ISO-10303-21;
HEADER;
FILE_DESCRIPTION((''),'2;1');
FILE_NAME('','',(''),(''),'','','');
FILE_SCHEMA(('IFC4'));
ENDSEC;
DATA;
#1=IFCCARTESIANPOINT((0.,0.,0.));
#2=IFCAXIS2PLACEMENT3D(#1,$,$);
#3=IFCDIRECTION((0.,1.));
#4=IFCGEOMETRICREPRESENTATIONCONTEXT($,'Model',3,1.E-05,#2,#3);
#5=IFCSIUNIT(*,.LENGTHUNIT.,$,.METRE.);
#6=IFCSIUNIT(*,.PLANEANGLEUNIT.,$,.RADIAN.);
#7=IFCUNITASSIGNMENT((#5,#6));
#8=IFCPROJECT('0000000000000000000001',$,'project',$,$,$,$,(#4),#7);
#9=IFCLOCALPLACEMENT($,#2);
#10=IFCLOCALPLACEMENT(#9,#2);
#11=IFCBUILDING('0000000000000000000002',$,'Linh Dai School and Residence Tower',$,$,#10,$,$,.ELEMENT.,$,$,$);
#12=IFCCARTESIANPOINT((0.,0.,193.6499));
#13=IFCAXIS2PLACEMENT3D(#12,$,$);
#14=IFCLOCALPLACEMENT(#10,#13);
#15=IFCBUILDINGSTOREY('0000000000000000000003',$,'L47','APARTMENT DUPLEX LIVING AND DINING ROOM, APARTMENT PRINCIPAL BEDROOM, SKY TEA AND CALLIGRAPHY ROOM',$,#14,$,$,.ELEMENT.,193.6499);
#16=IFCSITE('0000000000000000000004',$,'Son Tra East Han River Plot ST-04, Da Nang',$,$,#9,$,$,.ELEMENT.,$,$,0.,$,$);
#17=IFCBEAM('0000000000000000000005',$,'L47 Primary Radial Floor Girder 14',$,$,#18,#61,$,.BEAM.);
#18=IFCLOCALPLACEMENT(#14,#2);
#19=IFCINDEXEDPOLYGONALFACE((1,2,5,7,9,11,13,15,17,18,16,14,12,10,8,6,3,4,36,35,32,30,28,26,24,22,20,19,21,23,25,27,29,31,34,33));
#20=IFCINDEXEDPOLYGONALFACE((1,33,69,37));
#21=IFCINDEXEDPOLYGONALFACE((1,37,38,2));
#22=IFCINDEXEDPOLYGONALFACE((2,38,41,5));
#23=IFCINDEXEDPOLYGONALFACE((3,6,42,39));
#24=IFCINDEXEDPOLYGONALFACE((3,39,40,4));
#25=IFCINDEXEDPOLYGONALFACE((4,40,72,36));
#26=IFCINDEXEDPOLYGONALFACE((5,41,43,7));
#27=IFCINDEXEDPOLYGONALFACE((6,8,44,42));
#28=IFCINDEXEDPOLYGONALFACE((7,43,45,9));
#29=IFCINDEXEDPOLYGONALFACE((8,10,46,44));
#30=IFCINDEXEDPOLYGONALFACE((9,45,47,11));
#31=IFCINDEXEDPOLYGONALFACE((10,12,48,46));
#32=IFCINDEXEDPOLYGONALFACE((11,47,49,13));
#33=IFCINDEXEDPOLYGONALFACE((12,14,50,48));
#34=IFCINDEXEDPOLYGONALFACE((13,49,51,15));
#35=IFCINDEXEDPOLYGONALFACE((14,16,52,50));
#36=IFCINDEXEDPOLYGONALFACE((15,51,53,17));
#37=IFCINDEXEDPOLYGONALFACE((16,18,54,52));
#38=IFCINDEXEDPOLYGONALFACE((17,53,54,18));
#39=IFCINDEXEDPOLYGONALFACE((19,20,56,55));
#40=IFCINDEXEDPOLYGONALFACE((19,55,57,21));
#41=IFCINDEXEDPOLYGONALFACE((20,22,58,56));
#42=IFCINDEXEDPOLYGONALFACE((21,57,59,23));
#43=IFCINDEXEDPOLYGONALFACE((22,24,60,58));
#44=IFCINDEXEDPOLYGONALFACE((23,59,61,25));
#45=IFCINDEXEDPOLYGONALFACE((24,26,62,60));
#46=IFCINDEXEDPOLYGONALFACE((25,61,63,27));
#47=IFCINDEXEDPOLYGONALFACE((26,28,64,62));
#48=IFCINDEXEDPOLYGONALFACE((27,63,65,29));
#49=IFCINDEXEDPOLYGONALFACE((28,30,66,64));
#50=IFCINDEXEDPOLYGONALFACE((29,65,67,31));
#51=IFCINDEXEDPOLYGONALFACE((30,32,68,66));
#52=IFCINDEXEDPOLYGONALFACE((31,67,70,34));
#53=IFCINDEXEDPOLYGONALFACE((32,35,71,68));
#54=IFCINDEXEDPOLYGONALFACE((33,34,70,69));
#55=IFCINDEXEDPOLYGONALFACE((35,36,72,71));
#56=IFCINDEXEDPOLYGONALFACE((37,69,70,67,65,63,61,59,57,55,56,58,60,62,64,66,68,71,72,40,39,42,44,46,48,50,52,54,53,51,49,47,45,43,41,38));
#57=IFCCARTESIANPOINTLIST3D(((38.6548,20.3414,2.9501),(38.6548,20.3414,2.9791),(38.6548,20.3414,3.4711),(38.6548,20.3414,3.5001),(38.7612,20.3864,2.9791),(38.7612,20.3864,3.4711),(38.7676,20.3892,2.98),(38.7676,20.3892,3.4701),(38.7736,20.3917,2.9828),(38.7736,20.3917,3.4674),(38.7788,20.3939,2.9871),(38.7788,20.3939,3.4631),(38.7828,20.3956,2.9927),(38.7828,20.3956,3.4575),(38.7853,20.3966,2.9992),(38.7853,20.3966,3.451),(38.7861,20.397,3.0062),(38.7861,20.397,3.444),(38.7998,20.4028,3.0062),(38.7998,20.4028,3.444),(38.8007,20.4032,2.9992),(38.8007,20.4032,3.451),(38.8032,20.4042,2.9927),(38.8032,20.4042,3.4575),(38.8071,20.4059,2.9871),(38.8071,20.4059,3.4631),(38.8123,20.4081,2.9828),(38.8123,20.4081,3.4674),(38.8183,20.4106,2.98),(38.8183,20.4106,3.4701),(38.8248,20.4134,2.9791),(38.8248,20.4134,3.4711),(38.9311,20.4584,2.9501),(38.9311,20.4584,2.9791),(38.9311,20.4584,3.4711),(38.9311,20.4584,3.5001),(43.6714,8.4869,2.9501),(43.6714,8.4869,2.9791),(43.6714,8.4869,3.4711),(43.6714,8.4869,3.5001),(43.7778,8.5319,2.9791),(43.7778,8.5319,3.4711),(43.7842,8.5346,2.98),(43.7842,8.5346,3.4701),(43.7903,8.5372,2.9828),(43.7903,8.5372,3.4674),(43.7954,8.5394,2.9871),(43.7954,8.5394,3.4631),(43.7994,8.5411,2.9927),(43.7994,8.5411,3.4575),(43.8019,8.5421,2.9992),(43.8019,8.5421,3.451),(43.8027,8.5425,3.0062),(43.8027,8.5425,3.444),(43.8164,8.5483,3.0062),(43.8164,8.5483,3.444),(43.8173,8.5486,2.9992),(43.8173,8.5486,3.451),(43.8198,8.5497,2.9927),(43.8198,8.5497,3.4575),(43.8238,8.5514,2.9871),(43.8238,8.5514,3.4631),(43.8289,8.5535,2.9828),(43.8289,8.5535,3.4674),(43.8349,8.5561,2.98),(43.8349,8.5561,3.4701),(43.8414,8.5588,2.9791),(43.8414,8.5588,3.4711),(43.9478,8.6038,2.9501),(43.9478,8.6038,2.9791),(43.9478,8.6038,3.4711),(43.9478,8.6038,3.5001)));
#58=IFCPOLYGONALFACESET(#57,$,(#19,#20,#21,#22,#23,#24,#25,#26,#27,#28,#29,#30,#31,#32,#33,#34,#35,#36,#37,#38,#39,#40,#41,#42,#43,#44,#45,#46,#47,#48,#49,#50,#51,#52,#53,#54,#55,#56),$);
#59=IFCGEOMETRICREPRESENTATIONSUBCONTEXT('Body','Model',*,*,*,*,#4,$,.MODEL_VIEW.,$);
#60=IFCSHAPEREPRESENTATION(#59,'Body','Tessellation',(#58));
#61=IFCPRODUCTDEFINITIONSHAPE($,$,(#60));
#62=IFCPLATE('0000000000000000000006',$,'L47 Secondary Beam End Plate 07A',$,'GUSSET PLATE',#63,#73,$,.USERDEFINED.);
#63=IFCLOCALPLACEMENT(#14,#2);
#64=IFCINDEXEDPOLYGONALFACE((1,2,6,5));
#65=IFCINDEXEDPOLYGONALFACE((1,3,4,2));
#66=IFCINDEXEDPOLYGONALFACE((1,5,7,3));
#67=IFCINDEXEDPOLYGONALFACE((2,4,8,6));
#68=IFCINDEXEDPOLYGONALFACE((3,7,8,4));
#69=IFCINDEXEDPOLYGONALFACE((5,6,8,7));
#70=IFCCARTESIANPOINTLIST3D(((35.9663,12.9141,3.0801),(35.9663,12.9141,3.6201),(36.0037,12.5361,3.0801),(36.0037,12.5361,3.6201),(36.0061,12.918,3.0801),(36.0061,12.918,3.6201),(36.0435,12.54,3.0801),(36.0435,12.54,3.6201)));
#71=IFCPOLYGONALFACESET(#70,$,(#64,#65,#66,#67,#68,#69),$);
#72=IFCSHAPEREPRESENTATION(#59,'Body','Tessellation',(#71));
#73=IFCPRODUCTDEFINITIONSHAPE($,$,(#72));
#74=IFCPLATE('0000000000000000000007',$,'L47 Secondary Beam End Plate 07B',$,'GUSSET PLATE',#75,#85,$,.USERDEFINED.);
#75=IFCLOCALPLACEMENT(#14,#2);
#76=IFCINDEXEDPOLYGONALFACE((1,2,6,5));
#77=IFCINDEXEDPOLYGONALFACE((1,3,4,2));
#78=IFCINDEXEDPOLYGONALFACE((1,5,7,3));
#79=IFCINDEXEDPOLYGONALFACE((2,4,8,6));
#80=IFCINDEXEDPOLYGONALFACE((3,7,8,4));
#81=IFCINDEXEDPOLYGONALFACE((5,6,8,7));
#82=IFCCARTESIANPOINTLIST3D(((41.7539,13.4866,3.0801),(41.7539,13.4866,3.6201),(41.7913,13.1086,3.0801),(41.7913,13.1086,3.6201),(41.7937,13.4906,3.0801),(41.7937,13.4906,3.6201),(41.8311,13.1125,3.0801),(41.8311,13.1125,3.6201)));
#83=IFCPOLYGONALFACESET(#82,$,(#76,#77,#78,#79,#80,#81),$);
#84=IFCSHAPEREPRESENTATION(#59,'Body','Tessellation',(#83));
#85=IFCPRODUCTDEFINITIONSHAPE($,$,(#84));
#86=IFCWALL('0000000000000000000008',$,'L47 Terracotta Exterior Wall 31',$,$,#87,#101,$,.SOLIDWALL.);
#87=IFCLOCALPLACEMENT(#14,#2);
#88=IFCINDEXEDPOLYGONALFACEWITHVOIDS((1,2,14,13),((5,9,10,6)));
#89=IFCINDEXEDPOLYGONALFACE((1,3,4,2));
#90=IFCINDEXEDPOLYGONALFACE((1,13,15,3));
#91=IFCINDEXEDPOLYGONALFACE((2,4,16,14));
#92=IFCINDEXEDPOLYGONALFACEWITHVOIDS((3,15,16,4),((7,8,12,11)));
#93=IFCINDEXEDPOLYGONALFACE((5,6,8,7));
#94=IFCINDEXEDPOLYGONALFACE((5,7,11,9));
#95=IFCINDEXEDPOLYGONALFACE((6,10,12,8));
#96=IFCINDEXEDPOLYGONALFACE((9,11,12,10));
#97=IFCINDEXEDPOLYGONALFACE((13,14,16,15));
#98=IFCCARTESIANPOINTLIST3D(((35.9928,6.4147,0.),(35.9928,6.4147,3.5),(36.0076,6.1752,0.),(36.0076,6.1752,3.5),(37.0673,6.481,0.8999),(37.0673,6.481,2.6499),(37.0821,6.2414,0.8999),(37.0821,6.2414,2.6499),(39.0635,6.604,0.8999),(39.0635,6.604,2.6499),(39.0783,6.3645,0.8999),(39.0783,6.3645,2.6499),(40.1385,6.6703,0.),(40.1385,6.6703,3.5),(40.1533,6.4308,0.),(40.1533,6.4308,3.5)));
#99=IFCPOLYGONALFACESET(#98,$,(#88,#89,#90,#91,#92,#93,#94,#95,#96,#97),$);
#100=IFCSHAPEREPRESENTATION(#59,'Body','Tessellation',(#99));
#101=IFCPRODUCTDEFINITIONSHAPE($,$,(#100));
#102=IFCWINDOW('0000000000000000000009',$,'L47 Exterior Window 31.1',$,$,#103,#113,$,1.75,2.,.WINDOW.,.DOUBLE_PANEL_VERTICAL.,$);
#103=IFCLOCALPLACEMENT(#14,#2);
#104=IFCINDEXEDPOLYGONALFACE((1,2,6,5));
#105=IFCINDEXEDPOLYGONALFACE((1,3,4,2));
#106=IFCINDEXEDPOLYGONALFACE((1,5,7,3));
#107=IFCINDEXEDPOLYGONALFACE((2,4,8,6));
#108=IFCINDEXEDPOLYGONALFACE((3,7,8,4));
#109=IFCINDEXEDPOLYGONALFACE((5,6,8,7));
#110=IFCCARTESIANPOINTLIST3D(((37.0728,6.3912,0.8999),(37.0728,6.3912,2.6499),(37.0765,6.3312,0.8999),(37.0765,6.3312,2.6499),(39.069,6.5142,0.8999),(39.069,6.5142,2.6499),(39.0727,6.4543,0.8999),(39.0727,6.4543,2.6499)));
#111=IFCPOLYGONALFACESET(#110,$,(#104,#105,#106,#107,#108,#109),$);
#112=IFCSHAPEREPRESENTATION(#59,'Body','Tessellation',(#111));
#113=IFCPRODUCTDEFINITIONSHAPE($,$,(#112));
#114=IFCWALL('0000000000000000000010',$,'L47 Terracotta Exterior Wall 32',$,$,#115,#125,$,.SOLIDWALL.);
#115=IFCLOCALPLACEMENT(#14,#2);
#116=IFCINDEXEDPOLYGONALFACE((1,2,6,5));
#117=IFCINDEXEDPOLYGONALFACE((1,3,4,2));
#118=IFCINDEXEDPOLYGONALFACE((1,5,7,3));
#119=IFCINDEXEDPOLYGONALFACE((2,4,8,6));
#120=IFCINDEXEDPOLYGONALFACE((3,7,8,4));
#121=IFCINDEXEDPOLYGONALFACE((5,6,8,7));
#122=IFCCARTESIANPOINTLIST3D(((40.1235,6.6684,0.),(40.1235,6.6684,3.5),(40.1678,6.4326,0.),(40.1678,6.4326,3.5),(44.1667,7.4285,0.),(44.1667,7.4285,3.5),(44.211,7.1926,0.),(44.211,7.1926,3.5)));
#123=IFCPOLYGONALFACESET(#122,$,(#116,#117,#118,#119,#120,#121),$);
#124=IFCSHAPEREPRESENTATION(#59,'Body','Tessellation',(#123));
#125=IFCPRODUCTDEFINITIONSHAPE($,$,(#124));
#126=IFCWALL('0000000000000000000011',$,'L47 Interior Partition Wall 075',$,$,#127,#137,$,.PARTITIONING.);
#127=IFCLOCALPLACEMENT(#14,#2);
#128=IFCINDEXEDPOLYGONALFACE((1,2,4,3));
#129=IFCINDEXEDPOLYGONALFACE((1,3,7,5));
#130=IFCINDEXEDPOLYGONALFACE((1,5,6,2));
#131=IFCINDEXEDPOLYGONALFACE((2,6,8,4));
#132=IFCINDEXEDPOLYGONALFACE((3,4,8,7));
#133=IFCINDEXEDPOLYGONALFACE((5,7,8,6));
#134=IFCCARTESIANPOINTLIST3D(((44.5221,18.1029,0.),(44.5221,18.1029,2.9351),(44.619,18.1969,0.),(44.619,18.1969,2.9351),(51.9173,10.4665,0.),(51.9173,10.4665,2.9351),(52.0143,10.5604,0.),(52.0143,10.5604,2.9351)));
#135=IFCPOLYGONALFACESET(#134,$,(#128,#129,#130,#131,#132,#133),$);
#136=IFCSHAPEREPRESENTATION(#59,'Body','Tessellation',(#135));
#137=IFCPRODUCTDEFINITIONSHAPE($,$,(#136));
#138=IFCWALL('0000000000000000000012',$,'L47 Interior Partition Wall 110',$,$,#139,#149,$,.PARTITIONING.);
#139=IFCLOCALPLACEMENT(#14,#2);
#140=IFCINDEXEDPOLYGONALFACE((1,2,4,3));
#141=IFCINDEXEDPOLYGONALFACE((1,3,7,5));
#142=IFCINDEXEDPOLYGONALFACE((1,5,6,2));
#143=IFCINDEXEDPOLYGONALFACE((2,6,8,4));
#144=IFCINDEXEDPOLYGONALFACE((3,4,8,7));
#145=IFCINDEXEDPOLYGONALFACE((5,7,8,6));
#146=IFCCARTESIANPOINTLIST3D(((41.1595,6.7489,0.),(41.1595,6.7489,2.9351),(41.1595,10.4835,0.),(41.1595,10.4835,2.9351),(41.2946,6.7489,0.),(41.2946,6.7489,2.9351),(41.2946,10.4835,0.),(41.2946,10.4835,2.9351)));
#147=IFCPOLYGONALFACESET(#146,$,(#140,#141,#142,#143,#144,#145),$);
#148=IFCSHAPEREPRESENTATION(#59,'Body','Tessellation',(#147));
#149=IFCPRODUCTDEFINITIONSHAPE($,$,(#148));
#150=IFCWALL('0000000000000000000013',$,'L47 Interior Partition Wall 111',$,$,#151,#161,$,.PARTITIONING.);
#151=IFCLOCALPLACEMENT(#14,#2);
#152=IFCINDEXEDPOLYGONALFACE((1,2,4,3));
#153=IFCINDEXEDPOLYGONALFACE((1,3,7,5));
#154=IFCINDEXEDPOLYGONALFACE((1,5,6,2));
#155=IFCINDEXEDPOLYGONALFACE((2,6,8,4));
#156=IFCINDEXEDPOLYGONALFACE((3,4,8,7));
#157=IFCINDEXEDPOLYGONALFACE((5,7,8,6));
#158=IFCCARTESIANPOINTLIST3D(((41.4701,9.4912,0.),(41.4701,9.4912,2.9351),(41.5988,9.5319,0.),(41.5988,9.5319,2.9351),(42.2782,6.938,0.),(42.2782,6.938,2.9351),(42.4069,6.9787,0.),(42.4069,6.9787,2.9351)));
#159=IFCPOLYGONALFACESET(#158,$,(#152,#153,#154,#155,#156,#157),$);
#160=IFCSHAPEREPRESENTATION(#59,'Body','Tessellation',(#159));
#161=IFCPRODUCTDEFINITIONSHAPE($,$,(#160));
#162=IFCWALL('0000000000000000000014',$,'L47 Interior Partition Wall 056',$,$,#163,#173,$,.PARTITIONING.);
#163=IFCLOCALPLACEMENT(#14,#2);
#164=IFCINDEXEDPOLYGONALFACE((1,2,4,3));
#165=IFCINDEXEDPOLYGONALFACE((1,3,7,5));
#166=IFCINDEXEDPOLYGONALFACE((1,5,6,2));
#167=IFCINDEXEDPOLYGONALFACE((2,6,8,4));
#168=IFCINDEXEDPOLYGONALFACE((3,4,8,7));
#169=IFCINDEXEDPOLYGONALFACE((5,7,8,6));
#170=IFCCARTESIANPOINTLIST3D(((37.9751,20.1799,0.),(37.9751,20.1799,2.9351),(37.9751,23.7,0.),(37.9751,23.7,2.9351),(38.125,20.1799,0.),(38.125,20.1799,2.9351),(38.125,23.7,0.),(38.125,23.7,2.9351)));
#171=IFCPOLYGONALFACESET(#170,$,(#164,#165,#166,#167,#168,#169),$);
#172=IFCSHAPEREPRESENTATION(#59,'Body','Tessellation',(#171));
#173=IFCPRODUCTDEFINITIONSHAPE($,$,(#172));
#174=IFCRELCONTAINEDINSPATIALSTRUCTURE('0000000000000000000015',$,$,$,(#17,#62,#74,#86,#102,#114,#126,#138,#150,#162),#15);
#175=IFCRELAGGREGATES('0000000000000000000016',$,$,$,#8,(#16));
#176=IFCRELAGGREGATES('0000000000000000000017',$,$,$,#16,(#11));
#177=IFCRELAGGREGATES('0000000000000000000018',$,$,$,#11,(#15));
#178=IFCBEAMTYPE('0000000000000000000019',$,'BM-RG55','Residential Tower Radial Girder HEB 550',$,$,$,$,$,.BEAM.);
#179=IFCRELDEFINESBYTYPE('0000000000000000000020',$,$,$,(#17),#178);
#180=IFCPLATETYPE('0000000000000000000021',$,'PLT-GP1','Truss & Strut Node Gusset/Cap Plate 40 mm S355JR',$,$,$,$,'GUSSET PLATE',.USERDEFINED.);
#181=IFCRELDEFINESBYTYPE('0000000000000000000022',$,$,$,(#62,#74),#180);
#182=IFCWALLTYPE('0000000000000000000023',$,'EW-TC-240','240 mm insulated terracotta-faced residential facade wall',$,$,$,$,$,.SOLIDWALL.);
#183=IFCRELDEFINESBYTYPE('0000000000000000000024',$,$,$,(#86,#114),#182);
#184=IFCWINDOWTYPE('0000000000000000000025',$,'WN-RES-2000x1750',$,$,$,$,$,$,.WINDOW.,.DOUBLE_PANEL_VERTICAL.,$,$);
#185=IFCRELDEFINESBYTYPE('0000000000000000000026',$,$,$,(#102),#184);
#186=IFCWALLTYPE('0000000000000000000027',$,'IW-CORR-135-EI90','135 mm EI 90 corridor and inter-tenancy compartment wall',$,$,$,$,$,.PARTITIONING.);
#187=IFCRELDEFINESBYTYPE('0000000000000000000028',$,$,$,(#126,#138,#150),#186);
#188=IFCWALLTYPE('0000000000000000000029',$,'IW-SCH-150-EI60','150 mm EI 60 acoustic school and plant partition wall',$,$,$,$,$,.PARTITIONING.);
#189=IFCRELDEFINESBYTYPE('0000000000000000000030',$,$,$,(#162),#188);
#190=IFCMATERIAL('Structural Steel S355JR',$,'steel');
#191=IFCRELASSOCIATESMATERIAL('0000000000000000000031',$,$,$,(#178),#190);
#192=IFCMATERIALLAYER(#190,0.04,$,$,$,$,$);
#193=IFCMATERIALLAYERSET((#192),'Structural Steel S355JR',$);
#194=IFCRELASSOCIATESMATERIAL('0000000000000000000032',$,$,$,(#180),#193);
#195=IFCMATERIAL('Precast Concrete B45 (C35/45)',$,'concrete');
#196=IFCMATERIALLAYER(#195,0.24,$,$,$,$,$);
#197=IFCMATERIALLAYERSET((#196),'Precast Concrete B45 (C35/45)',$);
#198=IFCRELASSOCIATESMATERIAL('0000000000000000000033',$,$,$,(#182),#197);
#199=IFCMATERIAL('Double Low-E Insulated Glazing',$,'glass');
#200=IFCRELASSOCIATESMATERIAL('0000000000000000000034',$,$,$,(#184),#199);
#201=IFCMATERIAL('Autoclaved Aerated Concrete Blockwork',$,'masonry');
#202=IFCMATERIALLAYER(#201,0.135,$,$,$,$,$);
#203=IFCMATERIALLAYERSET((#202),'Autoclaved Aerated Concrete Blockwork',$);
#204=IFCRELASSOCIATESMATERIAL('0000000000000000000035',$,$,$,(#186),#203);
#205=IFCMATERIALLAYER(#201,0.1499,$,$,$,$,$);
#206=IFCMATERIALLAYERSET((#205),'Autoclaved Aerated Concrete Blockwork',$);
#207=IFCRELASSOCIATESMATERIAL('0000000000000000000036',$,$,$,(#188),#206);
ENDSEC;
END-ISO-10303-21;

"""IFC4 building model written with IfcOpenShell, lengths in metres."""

from ifc_helpers import new_model, si_unit, direction, frame, frame_2d, origin, origin_2d, place, context, subcontext, project, spatial, rectangle, i_section, extrude, source, transform, mapped, material, layer, layer_set, material_profile, profile_set, type_object, element, fill, save


model = new_model("IFC4")

# Units and contexts
model_context = context("Model", 3, precision=1e-05, world=origin(), true_north=direction((0.0, 1.0)))
body_context = subcontext(model_context, "Body", "Model", "MODEL_VIEW")
ifc_project = project(units=[si_unit("LENGTHUNIT", "METRE"), si_unit("PLANEANGLEUNIT", "RADIAN")], contexts=[model_context])

# Site, building, storey
site_placement = place(None, origin())
site = spatial("IfcSite", under=ifc_project, at=site_placement, Name="Son Tra East Han River Plot ST-04, Da Nang", CompositionType="ELEMENT", RefElevation=0.0)
building_placement = place(site_placement, origin())
building = spatial("IfcBuilding", under=site, at=building_placement, Name="Linh Dai School and Residence Tower", CompositionType="ELEMENT")
storey_placement = place(building_placement, frame((0.0, 0.0, 193.6499)))
storey = spatial("IfcBuildingStorey", under=building, at=storey_placement, Name="L47", Description="APARTMENT DUPLEX LIVING AND DINING ROOM, APARTMENT PRINCIPAL BEDROOM, SKY TEA AND CALLIGRAPHY ROOM", CompositionType="ELEMENT", Elevation=193.6499)

# Shared definitions
ifc_material_1 = material(Name="Structural Steel S355JR", Category="steel")

# Beam
ifc_material_profile_1 = material_profile(ifc_material_1, i_section(OverallWidth=0.3, OverallDepth=0.55, WebThickness=0.0149, FlangeThickness=0.0291, FilletRadius=0.0271, at=origin_2d()), Name="HEB 550")
ifc_profile_set_1 = profile_set([ifc_material_profile_1], Name="Structural Steel S355JR")
beam_type_1 = type_object("IfcBeamType", Name="BM-RG55", Description="Residential Tower Radial Girder HEB 550", PredefinedType="BEAM", material=ifc_profile_set_1)
beam_1_placement = place(storey_placement, frame((38.793, 20.3999, 3.2251), z_axis=(0.389722, -0.920933, 0.0), x_axis=(0.920933, 0.389722, 0.0)))
element("IfcBeam", 1, at=beam_1_placement, inside=storey, type_object=beam_type_1, Name="L47 Primary Radial Floor Girder 14", PredefinedType="BEAM", context=body_context, shape_type="SweptSolid", body=[
    extrude(i_section(OverallWidth=0.3, OverallDepth=0.55, WebThickness=0.0149, FlangeThickness=0.0291, FilletRadius=0.0271, at=origin_2d()), origin(), (0.0, 0.0, 1.0), 12.8723),
])

# Plates
ifc_layer_1 = layer(ifc_material_1, 0.04)
ifc_layer_set_1 = layer_set([ifc_layer_1], Name="Structural Steel S355JR")
plate_type = type_object("IfcPlateType", Name="PLT-GP1", Description="Truss & Strut Node Gusset/Cap Plate 40 mm S355JR", ElementType="GUSSET PLATE", PredefinedType="USERDEFINED", material=ifc_layer_set_1)
shared_shape_1 = source(origin(), body_context, "Body", "SweptSolid", [
    extrude(rectangle(XDim=0.04, YDim=0.3799, at=origin_2d()), origin(), (0.0, 0.0, 1.0), 0.54),
])
for number, where, z_axis, x_axis, name in (
    (2, (36.0049, 12.7271, 3.0801), (0.0, 0.0, 1.0), (0.995145, 0.098423, 0.0), "L47 Secondary Beam End Plate 07A"),
    (3, (41.7925, 13.2996, 3.0801), (0.0, 0.0, 1.0), (0.995145, 0.098423, 0.0), "L47 Secondary Beam End Plate 07B"),
):
    element("IfcPlate", number, at=place(storey_placement, frame(where, z_axis=z_axis, x_axis=x_axis)), inside=storey, type_object=plate_type, Name=name, ObjectType="GUSSET PLATE", PredefinedType="USERDEFINED", context=body_context, shape_type="MappedRepresentation", body=[
        mapped(shared_shape_1, transform((0.0, 0.0, 0.0), x_axis=(1.0, 0.0, 0.0), y_axis=(0.0, 1.0, 0.0), z_axis=(0.0, 0.0, 1.0), scale=1.0)),
    ])

# Shared definitions
ifc_material_2 = material(Name="Precast Concrete B45 (C35/45)", Category="concrete")
ifc_layer_2 = layer(ifc_material_2, 0.24)
ifc_layer_set_2 = layer_set([ifc_layer_2], Name="Precast Concrete B45 (C35/45)")
wall_type_1 = type_object("IfcWallType", Name="EW-TC-240", Description="240 mm insulated terracotta-faced residential facade wall", PredefinedType="SOLIDWALL", material=ifc_layer_set_2)

# Wall, opening, window
wall_1_placement = place(storey_placement, frame((40.1458, 6.5505, 0.0), z_axis=(0.0, 0.0, 1.0), x_axis=(-0.998105, -0.06154, 0.0)))
wall_1 = element("IfcWall", 4, at=wall_1_placement, inside=storey, type_object=wall_type_1, Name="L47 Terracotta Exterior Wall 31", PredefinedType="SOLIDWALL", context=body_context, shape_type="SweptSolid", body=[
    extrude(rectangle(XDim=4.1536, YDim=0.24, at=frame_2d((2.0767, 0.0))), origin(), (0.0, 0.0, 1.0), 3.5),
])
opening_1_placement = place(wall_1_placement, frame((1.0769, 0.0, 0.8999)))
opening_1 = element("IfcOpeningElement", 5, at=opening_1_placement, cuts=wall_1, PredefinedType="OPENING", context=body_context, shape_type="SweptSolid", body=[
    extrude(rectangle(XDim=2.0, YDim=1.75, at=origin_2d()), frame((1.0, 0.1299, 0.875), z_axis=(0.0, -1.0, 0.0), x_axis=(1.0, 0.0, 0.0)), (0.0, 0.0, 1.0), 0.26),
])
ifc_material_3 = material(Name="Double Low-E Insulated Glazing", Category="glass")
window_type = type_object("IfcWindowType", Name="WN-RES-2000x1750", PartitioningType="DOUBLE_PANEL_VERTICAL", PredefinedType="WINDOW", material=ifc_material_3)
shared_shape_2 = source(origin(), body_context, "Body", "SweptSolid", [
    extrude(rectangle(XDim=2.0, YDim=1.75, at=origin_2d()), frame((1.0, 0.03, 0.875), z_axis=(0.0, -1.0, 0.0), x_axis=(1.0, 0.0, 0.0)), (0.0, 0.0, 1.0), 0.0601),
])
window_placement = place(opening_1_placement, origin())
window = element("IfcWindow", 6, at=window_placement, inside=storey, type_object=window_type, Name="L47 Exterior Window 31.1", OverallHeight=1.75, OverallWidth=2.0, PartitioningType="DOUBLE_PANEL_VERTICAL", PredefinedType="WINDOW", context=body_context, shape_type="MappedRepresentation", body=[
    mapped(shared_shape_2, transform((0.0, 0.0, 0.0), x_axis=(1.0, 0.0, 0.0), y_axis=(0.0, 1.0, 0.0), z_axis=(0.0, 0.0, 1.0), scale=1.0)),
])
fill(opening_1, window)

# Walls
wall_2_placement = place(storey_placement, frame((44.189, 7.3105, 0.0), z_axis=(0.0, 0.0, 1.0), x_axis=(-0.982788, -0.184736, 0.0)))
element("IfcWall", 7, at=wall_2_placement, inside=storey, type_object=wall_type_1, Name="L47 Terracotta Exterior Wall 32", PredefinedType="SOLIDWALL", context=body_context, shape_type="SweptSolid", body=[
    extrude(rectangle(XDim=4.114, YDim=0.24, at=frame_2d((2.0571, 0.0))), origin(), (0.0, 0.0, 1.0), 3.5),
])
ifc_material_4 = material(Name="Autoclaved Aerated Concrete Blockwork", Category="masonry")
ifc_layer_3 = layer(ifc_material_4, 0.135)
ifc_layer_set_3 = layer_set([ifc_layer_3], Name="Autoclaved Aerated Concrete Blockwork")
wall_type_2 = type_object("IfcWallType", Name="IW-CORR-135-EI90", Description="135 mm EI 90 corridor and inter-tenancy compartment wall", PredefinedType="PARTITIONING", material=ifc_layer_set_3)
wall_3_placement = place(storey_placement, frame((44.5706, 18.1499, 0.0), z_axis=(0.0, 0.0, 1.0), x_axis=(0.69567, -0.718361, 0.0)))
element("IfcWall", 8, at=wall_3_placement, inside=storey, type_object=wall_type_2, Name="L47 Interior Partition Wall 075", PredefinedType="PARTITIONING", context=body_context, shape_type="SweptSolid", body=[
    extrude(rectangle(XDim=10.6304, YDim=0.135, at=frame_2d((5.3152, 0.0))), origin(), (0.0, 0.0, 1.0), 2.9351),
])
wall_4_placement = place(storey_placement, frame((41.2271, 10.4834, 0.0), z_axis=(0.0, 0.0, 1.0), x_axis=(0.0, -1.0, 0.0)))
element("IfcWall", 9, at=wall_4_placement, inside=storey, type_object=wall_type_2, Name="L47 Interior Partition Wall 110", PredefinedType="PARTITIONING", context=body_context, shape_type="SweptSolid", body=[
    extrude(rectangle(XDim=3.7346, YDim=0.135, at=frame_2d((1.8672, 0.0))), origin(), (0.0, 0.0, 1.0), 2.9351),
])
wall_5_placement = place(storey_placement, frame((42.3425, 6.9585, 0.0), z_axis=(0.0, 0.0, 1.0), x_axis=(-0.301751, 0.953387, 0.0)))
element("IfcWall", 10, at=wall_5_placement, inside=storey, type_object=wall_type_2, Name="L47 Interior Partition Wall 111", PredefinedType="PARTITIONING", context=body_context, shape_type="SweptSolid", body=[
    extrude(rectangle(XDim=2.678, YDim=0.135, at=frame_2d((1.3389, 0.0))), origin(), (0.0, 0.0, 1.0), 2.9351),
])
ifc_layer_4 = layer(ifc_material_4, 0.1499)
ifc_layer_set_4 = layer_set([ifc_layer_4], Name="Autoclaved Aerated Concrete Blockwork")
wall_type_3 = type_object("IfcWallType", Name="IW-SCH-150-EI60", Description="150 mm EI 60 acoustic school and plant partition wall", PredefinedType="PARTITIONING", material=ifc_layer_set_4)
wall_6_placement = place(storey_placement, frame((38.05, 20.1799, 0.0), z_axis=(0.0, 0.0, 1.0), x_axis=(0.0, 1.0, 0.0)))
element("IfcWall", 11, at=wall_6_placement, inside=storey, type_object=wall_type_3, Name="L47 Interior Partition Wall 056", PredefinedType="PARTITIONING", context=body_context, shape_type="SweptSolid", body=[
    extrude(rectangle(XDim=3.52, YDim=0.1499, at=frame_2d((1.76, 0.0))), origin(), (0.0, 0.0, 1.0), 2.9351),
])

save(model, "model.ifc")
